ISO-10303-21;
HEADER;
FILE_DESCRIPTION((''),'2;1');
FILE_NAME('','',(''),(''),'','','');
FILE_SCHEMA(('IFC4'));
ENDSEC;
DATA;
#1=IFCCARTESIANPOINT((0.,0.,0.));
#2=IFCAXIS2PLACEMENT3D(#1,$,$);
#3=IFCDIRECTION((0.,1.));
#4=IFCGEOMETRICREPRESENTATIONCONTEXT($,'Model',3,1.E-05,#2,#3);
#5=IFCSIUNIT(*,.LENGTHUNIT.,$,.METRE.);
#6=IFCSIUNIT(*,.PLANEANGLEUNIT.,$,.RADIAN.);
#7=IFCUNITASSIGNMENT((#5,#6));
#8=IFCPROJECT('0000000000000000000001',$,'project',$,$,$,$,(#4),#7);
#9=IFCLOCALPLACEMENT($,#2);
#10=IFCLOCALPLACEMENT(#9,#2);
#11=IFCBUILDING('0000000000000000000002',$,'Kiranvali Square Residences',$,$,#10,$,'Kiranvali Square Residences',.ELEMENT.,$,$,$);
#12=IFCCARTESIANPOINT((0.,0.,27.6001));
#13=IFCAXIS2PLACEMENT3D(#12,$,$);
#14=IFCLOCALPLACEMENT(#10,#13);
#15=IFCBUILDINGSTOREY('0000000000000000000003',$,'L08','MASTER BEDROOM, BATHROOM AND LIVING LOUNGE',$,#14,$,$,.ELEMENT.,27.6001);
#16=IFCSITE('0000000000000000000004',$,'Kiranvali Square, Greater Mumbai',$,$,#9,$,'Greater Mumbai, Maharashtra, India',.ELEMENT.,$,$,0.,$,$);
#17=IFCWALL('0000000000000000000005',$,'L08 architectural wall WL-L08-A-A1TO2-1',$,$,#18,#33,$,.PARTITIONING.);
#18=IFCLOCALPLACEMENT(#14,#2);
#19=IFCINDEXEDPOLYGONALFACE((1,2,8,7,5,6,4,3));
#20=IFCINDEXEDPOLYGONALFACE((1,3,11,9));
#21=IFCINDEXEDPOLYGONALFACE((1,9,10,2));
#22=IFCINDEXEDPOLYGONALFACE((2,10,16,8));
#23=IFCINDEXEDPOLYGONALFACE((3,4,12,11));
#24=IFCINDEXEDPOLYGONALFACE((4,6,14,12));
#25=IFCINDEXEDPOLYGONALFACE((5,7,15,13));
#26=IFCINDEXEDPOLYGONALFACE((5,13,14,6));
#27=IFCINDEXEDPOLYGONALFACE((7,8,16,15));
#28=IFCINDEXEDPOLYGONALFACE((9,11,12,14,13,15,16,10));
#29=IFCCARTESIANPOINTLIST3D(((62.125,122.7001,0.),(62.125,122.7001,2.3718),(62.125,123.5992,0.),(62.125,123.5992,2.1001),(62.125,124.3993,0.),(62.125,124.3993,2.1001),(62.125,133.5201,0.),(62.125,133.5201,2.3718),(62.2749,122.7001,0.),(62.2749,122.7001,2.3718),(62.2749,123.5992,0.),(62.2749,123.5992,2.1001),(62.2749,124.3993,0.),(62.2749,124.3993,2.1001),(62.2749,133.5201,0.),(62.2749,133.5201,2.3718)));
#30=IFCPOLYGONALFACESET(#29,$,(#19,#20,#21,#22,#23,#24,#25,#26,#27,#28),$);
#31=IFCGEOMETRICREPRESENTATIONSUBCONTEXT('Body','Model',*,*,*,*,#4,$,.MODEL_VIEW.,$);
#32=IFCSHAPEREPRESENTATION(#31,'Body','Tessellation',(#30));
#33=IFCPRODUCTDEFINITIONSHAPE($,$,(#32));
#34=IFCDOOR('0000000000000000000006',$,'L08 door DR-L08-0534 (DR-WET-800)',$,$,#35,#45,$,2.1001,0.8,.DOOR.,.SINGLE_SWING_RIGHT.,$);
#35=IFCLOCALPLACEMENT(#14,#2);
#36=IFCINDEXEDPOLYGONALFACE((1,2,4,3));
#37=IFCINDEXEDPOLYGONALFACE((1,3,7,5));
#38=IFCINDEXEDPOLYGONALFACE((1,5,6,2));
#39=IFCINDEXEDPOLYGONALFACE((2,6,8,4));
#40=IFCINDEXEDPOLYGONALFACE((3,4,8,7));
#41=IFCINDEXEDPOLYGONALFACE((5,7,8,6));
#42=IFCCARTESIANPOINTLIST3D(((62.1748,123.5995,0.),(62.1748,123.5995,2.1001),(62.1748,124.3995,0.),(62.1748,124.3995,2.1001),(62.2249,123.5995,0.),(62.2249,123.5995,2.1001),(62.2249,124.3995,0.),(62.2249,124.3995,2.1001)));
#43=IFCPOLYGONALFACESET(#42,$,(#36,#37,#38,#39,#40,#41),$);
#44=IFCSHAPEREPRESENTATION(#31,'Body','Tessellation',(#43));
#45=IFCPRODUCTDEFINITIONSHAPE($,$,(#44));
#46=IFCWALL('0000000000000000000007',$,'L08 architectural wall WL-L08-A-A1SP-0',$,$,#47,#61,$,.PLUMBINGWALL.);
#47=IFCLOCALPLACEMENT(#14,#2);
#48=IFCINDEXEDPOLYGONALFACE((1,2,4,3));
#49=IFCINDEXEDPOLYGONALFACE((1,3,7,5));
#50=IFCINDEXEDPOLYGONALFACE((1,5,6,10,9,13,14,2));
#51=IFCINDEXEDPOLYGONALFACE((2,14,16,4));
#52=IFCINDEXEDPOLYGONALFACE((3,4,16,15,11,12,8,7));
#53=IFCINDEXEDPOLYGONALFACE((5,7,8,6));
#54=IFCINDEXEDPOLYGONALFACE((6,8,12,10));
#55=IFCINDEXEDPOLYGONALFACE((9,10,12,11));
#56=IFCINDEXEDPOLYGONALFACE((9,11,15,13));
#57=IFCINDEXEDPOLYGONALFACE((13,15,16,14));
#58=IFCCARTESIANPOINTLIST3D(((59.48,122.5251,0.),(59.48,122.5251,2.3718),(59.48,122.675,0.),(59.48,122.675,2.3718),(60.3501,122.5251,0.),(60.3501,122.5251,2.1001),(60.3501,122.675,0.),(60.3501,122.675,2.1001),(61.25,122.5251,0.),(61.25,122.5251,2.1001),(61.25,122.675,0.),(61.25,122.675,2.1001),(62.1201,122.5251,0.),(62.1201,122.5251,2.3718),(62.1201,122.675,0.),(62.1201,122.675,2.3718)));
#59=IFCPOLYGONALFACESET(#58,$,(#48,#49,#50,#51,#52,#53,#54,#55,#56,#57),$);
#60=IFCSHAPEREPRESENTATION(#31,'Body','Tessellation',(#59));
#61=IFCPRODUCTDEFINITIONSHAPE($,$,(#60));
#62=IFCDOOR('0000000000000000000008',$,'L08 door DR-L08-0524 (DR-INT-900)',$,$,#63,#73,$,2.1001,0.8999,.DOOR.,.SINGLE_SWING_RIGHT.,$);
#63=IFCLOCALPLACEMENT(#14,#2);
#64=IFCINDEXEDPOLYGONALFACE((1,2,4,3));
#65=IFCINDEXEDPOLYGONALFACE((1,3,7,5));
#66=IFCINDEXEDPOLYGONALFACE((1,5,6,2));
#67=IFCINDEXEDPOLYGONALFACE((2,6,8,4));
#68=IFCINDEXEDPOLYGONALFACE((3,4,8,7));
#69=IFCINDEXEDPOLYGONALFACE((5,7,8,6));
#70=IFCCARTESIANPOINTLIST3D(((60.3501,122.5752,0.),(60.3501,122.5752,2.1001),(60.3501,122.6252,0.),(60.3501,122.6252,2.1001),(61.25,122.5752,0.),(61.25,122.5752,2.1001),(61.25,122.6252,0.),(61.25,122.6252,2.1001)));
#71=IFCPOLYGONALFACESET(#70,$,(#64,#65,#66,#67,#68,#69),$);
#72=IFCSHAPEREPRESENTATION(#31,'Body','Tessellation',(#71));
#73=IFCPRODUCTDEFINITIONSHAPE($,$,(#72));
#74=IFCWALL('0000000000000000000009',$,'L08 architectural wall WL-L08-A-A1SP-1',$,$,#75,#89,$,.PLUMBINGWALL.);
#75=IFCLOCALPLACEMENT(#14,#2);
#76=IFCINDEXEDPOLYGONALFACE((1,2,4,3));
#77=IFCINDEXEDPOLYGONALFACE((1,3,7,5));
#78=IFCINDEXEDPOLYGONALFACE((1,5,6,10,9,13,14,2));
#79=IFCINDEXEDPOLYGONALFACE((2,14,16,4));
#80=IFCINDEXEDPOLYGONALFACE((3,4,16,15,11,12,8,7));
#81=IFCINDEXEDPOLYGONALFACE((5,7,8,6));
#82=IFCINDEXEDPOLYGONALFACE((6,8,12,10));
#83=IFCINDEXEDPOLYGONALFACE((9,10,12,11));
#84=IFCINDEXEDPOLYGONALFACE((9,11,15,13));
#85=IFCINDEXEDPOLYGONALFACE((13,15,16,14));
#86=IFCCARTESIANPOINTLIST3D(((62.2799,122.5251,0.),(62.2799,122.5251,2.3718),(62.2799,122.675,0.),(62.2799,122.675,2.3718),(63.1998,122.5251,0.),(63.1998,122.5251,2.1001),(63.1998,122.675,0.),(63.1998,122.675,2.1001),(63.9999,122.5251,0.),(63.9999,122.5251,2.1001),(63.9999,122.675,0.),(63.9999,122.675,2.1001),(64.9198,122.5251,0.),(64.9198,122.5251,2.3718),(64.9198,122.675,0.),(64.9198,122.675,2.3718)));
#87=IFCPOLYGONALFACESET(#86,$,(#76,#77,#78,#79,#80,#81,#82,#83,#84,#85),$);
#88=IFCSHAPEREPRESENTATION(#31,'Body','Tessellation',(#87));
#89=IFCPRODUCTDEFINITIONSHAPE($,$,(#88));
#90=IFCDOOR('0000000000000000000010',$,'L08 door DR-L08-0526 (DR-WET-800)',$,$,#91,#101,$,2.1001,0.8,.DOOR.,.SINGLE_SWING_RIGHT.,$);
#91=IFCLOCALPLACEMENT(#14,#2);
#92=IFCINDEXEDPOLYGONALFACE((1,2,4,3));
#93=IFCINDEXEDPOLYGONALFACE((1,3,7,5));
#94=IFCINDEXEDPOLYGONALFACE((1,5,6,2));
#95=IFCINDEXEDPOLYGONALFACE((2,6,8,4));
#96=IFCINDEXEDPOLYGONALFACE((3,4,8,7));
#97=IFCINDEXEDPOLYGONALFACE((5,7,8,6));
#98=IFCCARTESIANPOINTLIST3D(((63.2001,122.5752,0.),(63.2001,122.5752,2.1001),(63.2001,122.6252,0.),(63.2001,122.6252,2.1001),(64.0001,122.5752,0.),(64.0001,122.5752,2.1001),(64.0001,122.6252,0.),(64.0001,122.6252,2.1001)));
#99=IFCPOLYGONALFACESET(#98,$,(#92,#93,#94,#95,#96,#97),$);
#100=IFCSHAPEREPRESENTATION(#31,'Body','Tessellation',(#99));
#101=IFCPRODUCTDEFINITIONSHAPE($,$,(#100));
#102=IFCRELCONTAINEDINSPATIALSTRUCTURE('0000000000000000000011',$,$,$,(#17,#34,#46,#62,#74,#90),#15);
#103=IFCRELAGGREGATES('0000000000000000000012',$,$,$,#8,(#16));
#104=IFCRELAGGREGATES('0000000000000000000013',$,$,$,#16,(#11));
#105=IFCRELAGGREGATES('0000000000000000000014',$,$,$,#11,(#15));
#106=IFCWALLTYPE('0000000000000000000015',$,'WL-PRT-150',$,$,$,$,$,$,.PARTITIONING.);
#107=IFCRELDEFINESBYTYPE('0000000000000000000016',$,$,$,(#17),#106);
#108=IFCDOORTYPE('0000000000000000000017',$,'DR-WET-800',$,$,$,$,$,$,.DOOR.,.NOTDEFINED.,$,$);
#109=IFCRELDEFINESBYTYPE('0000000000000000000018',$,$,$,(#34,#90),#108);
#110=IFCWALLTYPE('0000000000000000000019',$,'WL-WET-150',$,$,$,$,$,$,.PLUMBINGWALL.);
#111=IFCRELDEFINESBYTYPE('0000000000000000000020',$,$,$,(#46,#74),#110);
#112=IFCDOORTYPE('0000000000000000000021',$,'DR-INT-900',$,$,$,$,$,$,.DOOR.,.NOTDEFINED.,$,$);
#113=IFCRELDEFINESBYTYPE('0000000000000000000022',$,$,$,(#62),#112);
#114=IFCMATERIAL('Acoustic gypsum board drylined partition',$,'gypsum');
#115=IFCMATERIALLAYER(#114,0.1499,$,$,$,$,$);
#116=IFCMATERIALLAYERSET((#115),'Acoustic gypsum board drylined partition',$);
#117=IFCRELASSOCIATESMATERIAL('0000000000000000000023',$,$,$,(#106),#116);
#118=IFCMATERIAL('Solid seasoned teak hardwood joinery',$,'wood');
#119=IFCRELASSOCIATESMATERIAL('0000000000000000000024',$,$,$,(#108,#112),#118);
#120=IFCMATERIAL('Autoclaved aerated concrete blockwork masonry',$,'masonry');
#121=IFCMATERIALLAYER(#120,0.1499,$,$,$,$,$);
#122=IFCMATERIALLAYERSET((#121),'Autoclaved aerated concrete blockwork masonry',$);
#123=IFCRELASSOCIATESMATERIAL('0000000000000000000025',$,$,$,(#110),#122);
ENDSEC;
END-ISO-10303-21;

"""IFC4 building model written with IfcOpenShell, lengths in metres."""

from ifc_helpers import new_model, si_unit, direction, frame, frame_2d, origin, place, context, subcontext, project, spatial, rectangle, extrude, material, layer, layer_set, type_object, element, fill, save


model = new_model("IFC4")

# Units and contexts
model_context = context("Model", 3, precision=1e-05, world=origin(), true_north=direction((0.0, 1.0)))
body_context = subcontext(model_context, "Body", "Model", "MODEL_VIEW")
ifc_project = project(units=[si_unit("LENGTHUNIT", "METRE"), si_unit("PLANEANGLEUNIT", "RADIAN")], contexts=[model_context])

# Site, building, storey
site_placement = place(None, origin())
site = spatial("IfcSite", under=ifc_project, at=site_placement, Name="Kiranvali Square, Greater Mumbai", LongName="Greater Mumbai, Maharashtra, India", CompositionType="ELEMENT", RefElevation=0.0)
building_placement = place(site_placement, origin())
building = spatial("IfcBuilding", under=site, at=building_placement, Name="Kiranvali Square Residences", LongName="Kiranvali Square Residences", CompositionType="ELEMENT")
storey_placement = place(building_placement, frame((0.0, 0.0, 27.6001)))
storey = spatial("IfcBuildingStorey", under=building, at=storey_placement, Name="L08", Description="MASTER BEDROOM, BATHROOM AND LIVING LOUNGE", CompositionType="ELEMENT", Elevation=27.6001)

# Walls, openings, doors
ifc_material_1 = material(Name="Acoustic gypsum board drylined partition", Category="gypsum")
ifc_layer_1 = layer(ifc_material_1, 0.1499)
ifc_layer_set_1 = layer_set([ifc_layer_1], Name="Acoustic gypsum board drylined partition")
wall_type_1 = type_object("IfcWallType", Name="WL-PRT-150", PredefinedType="PARTITIONING", material=ifc_layer_set_1)
ifc_material_2 = material(Name="Solid seasoned teak hardwood joinery", Category="wood")
door_type_1 = type_object("IfcDoorType", Name="DR-WET-800", OperationType="NOTDEFINED", PredefinedType="DOOR", material=ifc_material_2)
wall_1_placement = place(storey_placement, frame((62.2, 122.7, 0.0), z_axis=(0.0, 0.0, 1.0), x_axis=(0.0, 1.0, 0.0)))
wall_1 = element("IfcWall", 1, at=wall_1_placement, inside=storey, type_object=wall_type_1, Name="L08 architectural wall WL-L08-A-A1TO2-1", PredefinedType="PARTITIONING", context=body_context, shape_type="SweptSolid", body=[
    extrude(rectangle(XDim=10.8201, YDim=0.1499, at=frame_2d((5.4102, 0.0))), origin(), (0.0, 0.0, 1.0), 2.3718),
])
opening_1_placement = place(wall_1_placement, frame((0.8994, 0.0, 0.0)))
opening_1 = element("IfcOpeningElement", 2, at=opening_1_placement, cuts=wall_1, PredefinedType="OPENING", context=body_context, shape_type="SweptSolid", body=[
    extrude(rectangle(XDim=0.8, YDim=2.1001, at=frame_2d((0.3999, 1.05))), frame((0.0, 0.085, 0.0), z_axis=(0.0, -1.0, 0.0), x_axis=(1.0, 0.0, 0.0)), (0.0, 0.0, 1.0), 0.1699),
])
door_1_placement = place(opening_1_placement, frame((0.8, 0.0, 0.0), z_axis=(0.0, 0.0, 1.0), x_axis=(-1.0, 0.0, 0.0)))
door_1 = element("IfcDoor", 3, at=door_1_placement, inside=storey, type_object=door_type_1, Name="L08 door DR-L08-0534 (DR-WET-800)", OperationType="SINGLE_SWING_RIGHT", OverallHeight=2.1001, OverallWidth=0.8, PredefinedType="DOOR", context=body_context, shape_type="SweptSolid", body=[
    extrude(rectangle(XDim=0.8, YDim=2.1001, at=frame_2d((0.3999, 1.05))), frame((0.0, 0.0249, 0.0), z_axis=(0.0, -1.0, 0.0), x_axis=(1.0, 0.0, 0.0)), (0.0, 0.0, 1.0), 0.05),
])
fill(opening_1, door_1)
ifc_material_3 = material(Name="Autoclaved aerated concrete blockwork masonry", Category="masonry")
ifc_layer_2 = layer(ifc_material_3, 0.1499)
ifc_layer_set_2 = layer_set([ifc_layer_2], Name="Autoclaved aerated concrete blockwork masonry")
wall_type_2 = type_object("IfcWallType", Name="WL-WET-150", PredefinedType="PLUMBINGWALL", material=ifc_layer_set_2)
wall_2_placement = place(storey_placement, frame((59.48, 122.6001, 0.0), z_axis=(0.0, 0.0, 1.0), x_axis=(1.0, 0.0, 0.0)))
wall_2 = element("IfcWall", 4, at=wall_2_placement, inside=storey, type_object=wall_type_2, Name="L08 architectural wall WL-L08-A-A1SP-0", PredefinedType="PLUMBINGWALL", context=body_context, shape_type="SweptSolid", body=[
    extrude(rectangle(XDim=2.6401, YDim=0.1499, at=frame_2d((1.3201, 0.0))), origin(), (0.0, 0.0, 1.0), 2.3718),
])
opening_2_placement = place(wall_2_placement, frame((0.8701, 0.0, 0.0)))
opening_2 = element("IfcOpeningElement", 5, at=opening_2_placement, cuts=wall_2, PredefinedType="OPENING", context=body_context, shape_type="SweptSolid", body=[
    extrude(rectangle(XDim=0.8999, YDim=2.1001, at=frame_2d((0.45, 1.05))), frame((0.0, 0.085, 0.0), z_axis=(0.0, -1.0, 0.0), x_axis=(1.0, 0.0, 0.0)), (0.0, 0.0, 1.0), 0.1699),
])
door_type_2 = type_object("IfcDoorType", Name="DR-INT-900", OperationType="NOTDEFINED", PredefinedType="DOOR", material=ifc_material_2)
door_2_placement = place(opening_2_placement, frame((0.8999, 0.0, 0.0), z_axis=(0.0, 0.0, 1.0), x_axis=(-1.0, 0.0, 0.0)))
door_2 = element("IfcDoor", 6, at=door_2_placement, inside=storey, type_object=door_type_2, Name="L08 door DR-L08-0524 (DR-INT-900)", OperationType="SINGLE_SWING_RIGHT", OverallHeight=2.1001, OverallWidth=0.8999, PredefinedType="DOOR", context=body_context, shape_type="SweptSolid", body=[
    extrude(rectangle(XDim=0.8999, YDim=2.1001, at=frame_2d((0.45, 1.05))), frame((0.0, 0.0249, 0.0), z_axis=(0.0, -1.0, 0.0), x_axis=(1.0, 0.0, 0.0)), (0.0, 0.0, 1.0), 0.05),
])
fill(opening_2, door_2)
wall_3_placement = place(storey_placement, frame((62.28, 122.6001, 0.0), z_axis=(0.0, 0.0, 1.0), x_axis=(1.0, 0.0, 0.0)))
wall_3 = element("IfcWall", 7, at=wall_3_placement, inside=storey, type_object=wall_type_2, Name="L08 architectural wall WL-L08-A-A1SP-1", PredefinedType="PLUMBINGWALL", context=body_context, shape_type="SweptSolid", body=[
    extrude(rectangle(XDim=2.6399, YDim=0.1499, at=frame_2d((1.3198, 0.0))), origin(), (0.0, 0.0, 1.0), 2.3718),
])
opening_3_placement = place(wall_3_placement, frame((0.9199, 0.0, 0.0)))
opening_3 = element("IfcOpeningElement", 8, at=opening_3_placement, cuts=wall_3, PredefinedType="OPENING", context=body_context, shape_type="SweptSolid", body=[
    extrude(rectangle(XDim=0.8, YDim=2.1001, at=frame_2d((0.3999, 1.05))), frame((0.0, 0.085, 0.0), z_axis=(0.0, -1.0, 0.0), x_axis=(1.0, 0.0, 0.0)), (0.0, 0.0, 1.0), 0.1699),
])
door_3_placement = place(opening_3_placement, frame((0.8, 0.0, 0.0), z_axis=(0.0, 0.0, 1.0), x_axis=(-1.0, 0.0, 0.0)))
door_3 = element("IfcDoor", 9, at=door_3_placement, inside=storey, type_object=door_type_1, Name="L08 door DR-L08-0526 (DR-WET-800)", OperationType="SINGLE_SWING_RIGHT", OverallHeight=2.1001, OverallWidth=0.8, PredefinedType="DOOR", context=body_context, shape_type="SweptSolid", body=[
    extrude(rectangle(XDim=0.8, YDim=2.1001, at=frame_2d((0.3999, 1.05))), frame((0.0, 0.0249, 0.0), z_axis=(0.0, -1.0, 0.0), x_axis=(1.0, 0.0, 0.0)), (0.0, 0.0, 1.0), 0.05),
])
fill(opening_3, door_3)

save(model, "model.ifc")
